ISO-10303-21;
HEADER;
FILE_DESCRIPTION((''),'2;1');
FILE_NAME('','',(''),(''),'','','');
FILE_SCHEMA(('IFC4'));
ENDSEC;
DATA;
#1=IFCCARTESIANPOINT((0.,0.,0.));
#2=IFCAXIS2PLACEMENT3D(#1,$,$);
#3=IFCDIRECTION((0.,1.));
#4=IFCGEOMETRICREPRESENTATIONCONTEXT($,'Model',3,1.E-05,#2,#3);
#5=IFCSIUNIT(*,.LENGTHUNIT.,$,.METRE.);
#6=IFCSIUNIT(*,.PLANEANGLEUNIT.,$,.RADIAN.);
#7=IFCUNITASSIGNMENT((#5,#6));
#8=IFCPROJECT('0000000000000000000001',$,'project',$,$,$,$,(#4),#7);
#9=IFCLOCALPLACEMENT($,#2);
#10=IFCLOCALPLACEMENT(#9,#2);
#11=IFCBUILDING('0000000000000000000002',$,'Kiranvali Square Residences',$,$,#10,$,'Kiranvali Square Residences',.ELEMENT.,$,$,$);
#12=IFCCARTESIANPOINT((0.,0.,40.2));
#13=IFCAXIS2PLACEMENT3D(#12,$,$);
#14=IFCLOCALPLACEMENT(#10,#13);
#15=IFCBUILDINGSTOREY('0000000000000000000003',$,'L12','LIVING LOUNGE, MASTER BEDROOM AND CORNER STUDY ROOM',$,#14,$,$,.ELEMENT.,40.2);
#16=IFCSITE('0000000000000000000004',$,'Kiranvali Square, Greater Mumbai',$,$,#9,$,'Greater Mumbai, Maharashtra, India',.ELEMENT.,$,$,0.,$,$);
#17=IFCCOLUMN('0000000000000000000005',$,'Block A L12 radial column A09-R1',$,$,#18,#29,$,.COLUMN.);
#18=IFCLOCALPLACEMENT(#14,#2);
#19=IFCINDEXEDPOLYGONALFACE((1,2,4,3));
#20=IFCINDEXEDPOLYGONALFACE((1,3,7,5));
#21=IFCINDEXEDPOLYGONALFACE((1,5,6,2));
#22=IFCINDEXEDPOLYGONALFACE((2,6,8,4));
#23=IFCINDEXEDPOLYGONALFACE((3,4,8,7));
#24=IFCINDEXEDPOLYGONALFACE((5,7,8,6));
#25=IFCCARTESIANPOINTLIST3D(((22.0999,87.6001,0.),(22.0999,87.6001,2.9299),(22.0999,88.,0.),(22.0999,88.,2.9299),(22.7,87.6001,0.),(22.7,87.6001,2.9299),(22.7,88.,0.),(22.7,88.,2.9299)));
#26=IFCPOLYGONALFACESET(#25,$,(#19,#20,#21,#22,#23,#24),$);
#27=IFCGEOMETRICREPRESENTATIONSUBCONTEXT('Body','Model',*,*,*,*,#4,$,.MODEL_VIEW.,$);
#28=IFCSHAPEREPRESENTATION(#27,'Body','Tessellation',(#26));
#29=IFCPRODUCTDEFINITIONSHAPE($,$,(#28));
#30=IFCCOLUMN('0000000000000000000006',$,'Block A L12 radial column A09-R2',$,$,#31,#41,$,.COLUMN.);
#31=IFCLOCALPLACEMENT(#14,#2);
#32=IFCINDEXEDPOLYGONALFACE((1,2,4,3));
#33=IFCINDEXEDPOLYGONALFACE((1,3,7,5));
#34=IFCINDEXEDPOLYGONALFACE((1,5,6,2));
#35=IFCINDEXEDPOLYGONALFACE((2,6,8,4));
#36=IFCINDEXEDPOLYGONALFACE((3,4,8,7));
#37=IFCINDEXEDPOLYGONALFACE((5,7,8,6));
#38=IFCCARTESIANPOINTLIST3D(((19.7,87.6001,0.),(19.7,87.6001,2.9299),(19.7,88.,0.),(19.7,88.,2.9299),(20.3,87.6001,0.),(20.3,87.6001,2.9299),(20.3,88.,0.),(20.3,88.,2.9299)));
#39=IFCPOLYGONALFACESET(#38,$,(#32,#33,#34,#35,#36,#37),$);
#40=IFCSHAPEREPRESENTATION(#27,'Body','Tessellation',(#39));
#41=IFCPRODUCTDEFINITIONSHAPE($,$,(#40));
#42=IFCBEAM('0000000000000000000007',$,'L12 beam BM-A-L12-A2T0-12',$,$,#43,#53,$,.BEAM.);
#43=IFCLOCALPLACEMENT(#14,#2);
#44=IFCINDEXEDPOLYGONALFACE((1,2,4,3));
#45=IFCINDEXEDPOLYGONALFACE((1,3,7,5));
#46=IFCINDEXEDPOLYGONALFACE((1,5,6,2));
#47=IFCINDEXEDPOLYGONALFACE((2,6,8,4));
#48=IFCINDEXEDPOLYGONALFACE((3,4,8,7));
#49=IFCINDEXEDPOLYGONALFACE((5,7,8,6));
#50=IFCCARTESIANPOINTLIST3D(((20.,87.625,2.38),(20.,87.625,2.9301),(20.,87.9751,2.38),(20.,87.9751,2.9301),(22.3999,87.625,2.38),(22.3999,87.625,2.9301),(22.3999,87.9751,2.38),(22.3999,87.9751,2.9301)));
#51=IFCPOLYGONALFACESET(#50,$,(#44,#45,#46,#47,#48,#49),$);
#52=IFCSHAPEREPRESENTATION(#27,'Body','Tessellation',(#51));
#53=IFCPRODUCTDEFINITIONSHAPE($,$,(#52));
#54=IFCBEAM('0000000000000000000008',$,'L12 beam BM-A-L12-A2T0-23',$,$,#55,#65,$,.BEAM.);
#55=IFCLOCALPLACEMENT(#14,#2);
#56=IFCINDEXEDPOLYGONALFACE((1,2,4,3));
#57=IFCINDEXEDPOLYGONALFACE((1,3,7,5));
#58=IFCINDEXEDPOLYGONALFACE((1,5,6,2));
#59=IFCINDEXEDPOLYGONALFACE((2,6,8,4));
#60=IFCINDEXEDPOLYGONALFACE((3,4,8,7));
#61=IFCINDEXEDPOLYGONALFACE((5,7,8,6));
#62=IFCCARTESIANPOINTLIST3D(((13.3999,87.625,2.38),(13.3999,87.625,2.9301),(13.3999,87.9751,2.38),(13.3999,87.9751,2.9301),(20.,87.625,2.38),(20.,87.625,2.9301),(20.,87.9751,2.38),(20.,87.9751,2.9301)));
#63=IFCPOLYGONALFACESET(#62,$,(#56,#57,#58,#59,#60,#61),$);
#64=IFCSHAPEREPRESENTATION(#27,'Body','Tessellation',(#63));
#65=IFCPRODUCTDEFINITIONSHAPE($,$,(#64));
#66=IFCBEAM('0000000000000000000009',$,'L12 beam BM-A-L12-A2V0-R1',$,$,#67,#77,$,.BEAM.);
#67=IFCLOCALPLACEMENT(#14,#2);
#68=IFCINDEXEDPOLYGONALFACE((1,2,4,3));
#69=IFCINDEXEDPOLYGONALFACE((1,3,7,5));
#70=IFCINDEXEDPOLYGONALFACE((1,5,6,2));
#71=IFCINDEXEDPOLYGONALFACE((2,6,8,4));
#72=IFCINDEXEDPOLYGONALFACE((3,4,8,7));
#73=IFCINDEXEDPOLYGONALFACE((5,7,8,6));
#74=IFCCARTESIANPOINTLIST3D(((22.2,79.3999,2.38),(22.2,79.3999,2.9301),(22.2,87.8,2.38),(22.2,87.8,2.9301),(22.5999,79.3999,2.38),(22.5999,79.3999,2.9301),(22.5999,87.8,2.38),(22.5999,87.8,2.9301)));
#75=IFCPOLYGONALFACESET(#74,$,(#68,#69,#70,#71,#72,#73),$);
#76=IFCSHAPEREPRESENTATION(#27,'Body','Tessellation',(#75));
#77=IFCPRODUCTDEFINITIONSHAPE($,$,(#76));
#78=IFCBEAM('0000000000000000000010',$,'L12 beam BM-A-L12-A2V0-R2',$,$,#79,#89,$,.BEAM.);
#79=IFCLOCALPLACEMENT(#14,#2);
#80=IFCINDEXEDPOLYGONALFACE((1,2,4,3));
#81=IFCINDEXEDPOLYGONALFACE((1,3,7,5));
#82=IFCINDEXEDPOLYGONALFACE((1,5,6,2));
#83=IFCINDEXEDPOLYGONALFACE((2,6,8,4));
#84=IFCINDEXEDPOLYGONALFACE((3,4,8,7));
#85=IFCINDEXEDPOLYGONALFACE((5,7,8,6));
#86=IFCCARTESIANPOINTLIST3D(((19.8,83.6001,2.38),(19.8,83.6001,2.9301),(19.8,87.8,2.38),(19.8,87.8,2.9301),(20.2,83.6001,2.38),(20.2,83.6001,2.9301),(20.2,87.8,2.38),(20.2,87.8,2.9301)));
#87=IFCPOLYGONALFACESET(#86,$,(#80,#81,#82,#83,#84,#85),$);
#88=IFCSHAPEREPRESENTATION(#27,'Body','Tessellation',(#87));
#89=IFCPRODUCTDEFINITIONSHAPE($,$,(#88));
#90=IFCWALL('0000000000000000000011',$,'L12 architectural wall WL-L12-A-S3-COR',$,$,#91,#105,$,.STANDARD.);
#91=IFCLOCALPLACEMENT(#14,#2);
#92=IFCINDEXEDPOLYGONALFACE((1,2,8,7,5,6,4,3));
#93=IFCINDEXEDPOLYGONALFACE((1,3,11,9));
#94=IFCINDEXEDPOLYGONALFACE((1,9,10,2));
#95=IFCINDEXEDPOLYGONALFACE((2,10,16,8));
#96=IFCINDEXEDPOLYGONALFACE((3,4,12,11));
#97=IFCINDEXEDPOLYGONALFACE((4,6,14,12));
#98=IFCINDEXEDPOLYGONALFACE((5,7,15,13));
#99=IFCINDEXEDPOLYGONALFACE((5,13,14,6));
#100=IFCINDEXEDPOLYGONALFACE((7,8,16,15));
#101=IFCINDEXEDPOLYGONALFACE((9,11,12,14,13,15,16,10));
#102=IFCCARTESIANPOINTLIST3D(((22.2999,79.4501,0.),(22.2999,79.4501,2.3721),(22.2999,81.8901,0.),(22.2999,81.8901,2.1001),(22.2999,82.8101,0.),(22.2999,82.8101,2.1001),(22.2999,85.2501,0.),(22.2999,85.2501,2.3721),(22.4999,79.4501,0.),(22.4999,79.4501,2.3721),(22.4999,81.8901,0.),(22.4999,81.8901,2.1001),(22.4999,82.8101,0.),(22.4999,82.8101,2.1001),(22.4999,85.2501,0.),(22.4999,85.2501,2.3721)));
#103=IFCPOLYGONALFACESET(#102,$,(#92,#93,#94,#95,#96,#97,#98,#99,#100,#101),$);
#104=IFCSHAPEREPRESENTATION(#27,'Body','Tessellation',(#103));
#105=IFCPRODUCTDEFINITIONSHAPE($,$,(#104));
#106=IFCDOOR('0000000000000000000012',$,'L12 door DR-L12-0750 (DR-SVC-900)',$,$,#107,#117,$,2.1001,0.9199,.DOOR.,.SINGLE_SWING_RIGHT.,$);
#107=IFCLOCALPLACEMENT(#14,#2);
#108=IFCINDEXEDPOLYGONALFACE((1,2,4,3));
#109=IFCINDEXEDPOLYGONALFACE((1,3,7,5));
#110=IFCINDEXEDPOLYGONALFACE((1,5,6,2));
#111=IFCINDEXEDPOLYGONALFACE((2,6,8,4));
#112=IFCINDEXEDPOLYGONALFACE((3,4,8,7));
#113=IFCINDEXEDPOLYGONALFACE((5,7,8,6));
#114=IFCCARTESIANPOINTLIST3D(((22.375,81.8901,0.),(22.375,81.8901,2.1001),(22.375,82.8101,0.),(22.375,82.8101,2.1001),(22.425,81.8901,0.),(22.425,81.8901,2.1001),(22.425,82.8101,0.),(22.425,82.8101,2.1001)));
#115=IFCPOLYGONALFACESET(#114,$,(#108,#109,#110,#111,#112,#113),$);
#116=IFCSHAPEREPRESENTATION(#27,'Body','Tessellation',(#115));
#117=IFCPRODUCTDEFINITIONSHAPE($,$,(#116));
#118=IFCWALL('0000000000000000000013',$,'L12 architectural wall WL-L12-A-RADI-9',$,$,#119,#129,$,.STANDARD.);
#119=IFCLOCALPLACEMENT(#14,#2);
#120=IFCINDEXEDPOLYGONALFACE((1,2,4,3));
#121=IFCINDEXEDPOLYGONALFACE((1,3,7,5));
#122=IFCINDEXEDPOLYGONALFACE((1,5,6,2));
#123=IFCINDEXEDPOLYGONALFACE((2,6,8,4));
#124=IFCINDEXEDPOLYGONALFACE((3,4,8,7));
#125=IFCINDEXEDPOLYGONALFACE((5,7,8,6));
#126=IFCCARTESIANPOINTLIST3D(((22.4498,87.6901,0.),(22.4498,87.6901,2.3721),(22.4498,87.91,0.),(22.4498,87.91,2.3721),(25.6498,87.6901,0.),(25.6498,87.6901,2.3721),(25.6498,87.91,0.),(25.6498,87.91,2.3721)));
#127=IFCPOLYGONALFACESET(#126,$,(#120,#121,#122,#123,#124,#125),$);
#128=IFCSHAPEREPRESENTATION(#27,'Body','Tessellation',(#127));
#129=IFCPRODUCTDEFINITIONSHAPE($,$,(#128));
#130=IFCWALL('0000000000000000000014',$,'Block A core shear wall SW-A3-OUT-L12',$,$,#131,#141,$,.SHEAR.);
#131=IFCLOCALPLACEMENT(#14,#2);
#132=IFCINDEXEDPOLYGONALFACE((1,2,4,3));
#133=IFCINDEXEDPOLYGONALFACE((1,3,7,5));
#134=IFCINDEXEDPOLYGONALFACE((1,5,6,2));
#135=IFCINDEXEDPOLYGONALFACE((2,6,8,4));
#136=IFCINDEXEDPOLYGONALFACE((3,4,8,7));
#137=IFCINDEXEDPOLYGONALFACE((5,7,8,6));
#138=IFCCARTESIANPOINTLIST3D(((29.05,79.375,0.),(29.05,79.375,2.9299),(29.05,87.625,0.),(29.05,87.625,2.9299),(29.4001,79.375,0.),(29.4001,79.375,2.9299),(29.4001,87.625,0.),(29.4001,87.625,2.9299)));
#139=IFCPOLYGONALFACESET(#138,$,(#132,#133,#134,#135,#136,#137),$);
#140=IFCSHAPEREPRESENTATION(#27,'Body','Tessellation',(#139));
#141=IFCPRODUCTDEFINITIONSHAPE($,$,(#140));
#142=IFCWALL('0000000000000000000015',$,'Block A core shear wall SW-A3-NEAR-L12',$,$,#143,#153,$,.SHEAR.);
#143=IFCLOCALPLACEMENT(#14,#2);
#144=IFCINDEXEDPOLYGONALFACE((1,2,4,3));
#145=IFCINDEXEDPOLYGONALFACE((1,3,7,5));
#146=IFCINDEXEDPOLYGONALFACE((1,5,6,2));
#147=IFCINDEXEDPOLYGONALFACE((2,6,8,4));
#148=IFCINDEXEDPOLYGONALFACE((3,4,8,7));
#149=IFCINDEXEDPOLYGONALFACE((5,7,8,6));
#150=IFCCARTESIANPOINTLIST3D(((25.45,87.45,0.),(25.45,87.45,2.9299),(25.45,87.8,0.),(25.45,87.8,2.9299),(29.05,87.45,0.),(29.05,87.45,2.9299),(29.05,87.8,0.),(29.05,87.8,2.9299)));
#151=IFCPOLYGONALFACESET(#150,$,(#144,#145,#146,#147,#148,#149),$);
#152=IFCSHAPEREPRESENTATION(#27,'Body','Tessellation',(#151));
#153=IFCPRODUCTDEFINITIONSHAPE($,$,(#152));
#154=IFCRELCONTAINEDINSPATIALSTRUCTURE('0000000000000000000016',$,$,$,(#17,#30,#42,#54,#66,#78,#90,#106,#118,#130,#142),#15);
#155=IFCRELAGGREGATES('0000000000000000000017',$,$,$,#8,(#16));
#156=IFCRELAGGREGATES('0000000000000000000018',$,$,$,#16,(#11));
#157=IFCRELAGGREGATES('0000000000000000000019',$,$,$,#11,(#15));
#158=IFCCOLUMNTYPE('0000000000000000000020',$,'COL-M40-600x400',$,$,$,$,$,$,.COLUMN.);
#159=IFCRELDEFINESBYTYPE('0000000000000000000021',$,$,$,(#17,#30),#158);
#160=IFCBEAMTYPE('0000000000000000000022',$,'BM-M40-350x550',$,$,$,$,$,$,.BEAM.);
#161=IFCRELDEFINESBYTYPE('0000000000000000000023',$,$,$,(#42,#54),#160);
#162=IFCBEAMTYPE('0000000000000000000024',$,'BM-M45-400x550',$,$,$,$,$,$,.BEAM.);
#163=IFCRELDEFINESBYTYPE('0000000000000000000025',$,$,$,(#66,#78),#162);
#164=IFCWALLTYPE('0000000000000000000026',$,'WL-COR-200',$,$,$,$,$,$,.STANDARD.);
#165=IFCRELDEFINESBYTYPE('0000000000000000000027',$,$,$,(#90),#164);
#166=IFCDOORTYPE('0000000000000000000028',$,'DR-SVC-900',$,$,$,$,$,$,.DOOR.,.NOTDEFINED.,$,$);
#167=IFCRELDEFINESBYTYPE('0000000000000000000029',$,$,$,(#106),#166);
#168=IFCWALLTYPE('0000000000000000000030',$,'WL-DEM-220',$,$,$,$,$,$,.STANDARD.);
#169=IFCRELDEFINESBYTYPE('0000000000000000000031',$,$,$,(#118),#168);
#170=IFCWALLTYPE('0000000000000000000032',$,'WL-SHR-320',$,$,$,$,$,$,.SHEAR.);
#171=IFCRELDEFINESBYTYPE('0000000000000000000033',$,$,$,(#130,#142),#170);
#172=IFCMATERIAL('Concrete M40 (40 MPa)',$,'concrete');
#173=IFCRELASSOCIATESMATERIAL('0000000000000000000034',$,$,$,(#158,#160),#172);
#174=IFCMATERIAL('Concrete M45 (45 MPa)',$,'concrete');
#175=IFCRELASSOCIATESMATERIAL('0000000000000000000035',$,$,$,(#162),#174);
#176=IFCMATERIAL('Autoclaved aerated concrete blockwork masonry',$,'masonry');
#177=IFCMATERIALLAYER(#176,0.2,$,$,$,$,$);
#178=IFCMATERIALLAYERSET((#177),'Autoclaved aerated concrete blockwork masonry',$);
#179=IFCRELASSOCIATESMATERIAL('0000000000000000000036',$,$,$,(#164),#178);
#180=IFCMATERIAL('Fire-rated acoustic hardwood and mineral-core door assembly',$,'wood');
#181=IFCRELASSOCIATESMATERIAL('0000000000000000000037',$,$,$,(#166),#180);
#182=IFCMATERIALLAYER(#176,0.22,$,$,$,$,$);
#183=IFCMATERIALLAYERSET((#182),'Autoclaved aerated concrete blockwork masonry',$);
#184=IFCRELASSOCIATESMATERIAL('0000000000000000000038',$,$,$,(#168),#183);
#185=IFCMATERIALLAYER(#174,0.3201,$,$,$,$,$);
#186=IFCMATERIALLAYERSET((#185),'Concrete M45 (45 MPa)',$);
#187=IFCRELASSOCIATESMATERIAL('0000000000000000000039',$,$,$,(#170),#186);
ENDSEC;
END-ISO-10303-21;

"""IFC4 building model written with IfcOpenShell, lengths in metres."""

from ifc_helpers import new_model, si_unit, direction, frame, frame_2d, origin, origin_2d, place, context, subcontext, project, spatial, rectangle, extrude, material, layer, layer_set, material_profile, profile_set, type_object, element, fill, save


model = new_model("IFC4")

# Units and contexts
model_context = context("Model", 3, precision=1e-05, world=origin(), true_north=direction((0.0, 1.0)))
body_context = subcontext(model_context, "Body", "Model", "MODEL_VIEW")
ifc_project = project(units=[si_unit("LENGTHUNIT", "METRE"), si_unit("PLANEANGLEUNIT", "RADIAN")], contexts=[model_context])

# Site, building, storey
site_placement = place(None, origin())
site = spatial("IfcSite", under=ifc_project, at=site_placement, Name="Kiranvali Square, Greater Mumbai", LongName="Greater Mumbai, Maharashtra, India", CompositionType="ELEMENT", RefElevation=0.0)
building_placement = place(site_placement, origin())
building = spatial("IfcBuilding", under=site, at=building_placement, Name="Kiranvali Square Residences", LongName="Kiranvali Square Residences", CompositionType="ELEMENT")
storey_placement = place(building_placement, frame((0.0, 0.0, 40.2)))
storey = spatial("IfcBuildingStorey", under=building, at=storey_placement, Name="L12", Description="LIVING LOUNGE, MASTER BEDROOM AND CORNER STUDY ROOM", CompositionType="ELEMENT", Elevation=40.2)

# Columns
ifc_material_1 = material(Name="Concrete M40 (40 MPa)", Category="concrete")
ifc_material_profile_1 = material_profile(ifc_material_1, rectangle(XDim=0.3999, YDim=0.6001, at=origin_2d()), Name="RC 600x400")
ifc_profile_set_1 = profile_set([ifc_material_profile_1], Name="Concrete M40 (40 MPa)")
column_type = type_object("IfcColumnType", Name="COL-M40-600x400", PredefinedType="COLUMN", material=ifc_profile_set_1)
for number, where, z_axis, x_axis, name in (
    (1, (22.3999, 87.8, 0.0), (0.0, 0.0, 1.0), (0.0, 1.0, 0.0), "Block A L12 radial column A09-R1"),
    (2, (20.0, 87.8, 0.0), (0.0, 0.0, 1.0), (0.0, 1.0, 0.0), "Block A L12 radial column A09-R2"),
):
    element("IfcColumn", number, at=place(storey_placement, frame(where, z_axis=z_axis, x_axis=x_axis)), inside=storey, type_object=column_type, Name=name, PredefinedType="COLUMN", context=body_context, shape_type="SweptSolid", body=[
        extrude(rectangle(XDim=0.3999, YDim=0.6001, at=origin_2d()), origin(), (0.0, 0.0, 1.0), 2.9299),
    ])

# Beams
ifc_material_profile_2 = material_profile(ifc_material_1, rectangle(XDim=0.3501, YDim=0.55, at=origin_2d()), Name="RC 350x550")
ifc_profile_set_2 = profile_set([ifc_material_profile_2], Name="Concrete M40 (40 MPa)")
beam_type_1 = type_object("IfcBeamType", Name="BM-M40-350x550", PredefinedType="BEAM", material=ifc_profile_set_2)
beam_1_placement = place(storey_placement, frame((22.3999, 87.8, 2.655), z_axis=(-1.0, 0.0, 0.0), x_axis=(0.0, -1.0, 0.0)))
element("IfcBeam", 3, at=beam_1_placement, inside=storey, type_object=beam_type_1, Name="L12 beam BM-A-L12-A2T0-12", PredefinedType="BEAM", context=body_context, shape_type="SweptSolid", body=[
    extrude(rectangle(XDim=0.3501, YDim=0.55, at=origin_2d()), origin(), (0.0, 0.0, 1.0), 2.3999),
])
beam_2_placement = place(storey_placement, frame((20.0, 87.8, 2.655), z_axis=(-1.0, 0.0, 0.0), x_axis=(0.0, -1.0, 0.0)))
element("IfcBeam", 4, at=beam_2_placement, inside=storey, type_object=beam_type_1, Name="L12 beam BM-A-L12-A2T0-23", PredefinedType="BEAM", context=body_context, shape_type="SweptSolid", body=[
    extrude(rectangle(XDim=0.3501, YDim=0.55, at=origin_2d()), origin(), (0.0, 0.0, 1.0), 6.6001),
])
ifc_material_2 = material(Name="Concrete M45 (45 MPa)", Category="concrete")
ifc_material_profile_3 = material_profile(ifc_material_2, rectangle(XDim=0.3999, YDim=0.55, at=origin_2d()), Name="RC 400x550")
ifc_profile_set_3 = profile_set([ifc_material_profile_3], Name="Concrete M45 (45 MPa)")
beam_type_2 = type_object("IfcBeamType", Name="BM-M45-400x550", PredefinedType="BEAM", material=ifc_profile_set_3)
beam_3_placement = place(storey_placement, frame((22.3999, 87.8, 2.655), z_axis=(0.0, -1.0, 0.0), x_axis=(1.0, 0.0, 0.0)))
element("IfcBeam", 5, at=beam_3_placement, inside=storey, type_object=beam_type_2, Name="L12 beam BM-A-L12-A2V0-R1", PredefinedType="BEAM", context=body_context, shape_type="SweptSolid", body=[
    extrude(rectangle(XDim=0.3999, YDim=0.55, at=origin_2d()), origin(), (0.0, 0.0, 1.0), 8.4001),
])
beam_4_placement = place(storey_placement, frame((20.0, 87.8, 2.655), z_axis=(0.0, -1.0, 0.0), x_axis=(1.0, 0.0, 0.0)))
element("IfcBeam", 6, at=beam_4_placement, inside=storey, type_object=beam_type_2, Name="L12 beam BM-A-L12-A2V0-R2", PredefinedType="BEAM", context=body_context, shape_type="SweptSolid", body=[
    extrude(rectangle(XDim=0.3999, YDim=0.55, at=origin_2d()), origin(), (0.0, 0.0, 1.0), 4.2),
])

# Wall, opening, door
ifc_material_3 = material(Name="Autoclaved aerated concrete blockwork masonry", Category="masonry")
ifc_layer_1 = layer(ifc_material_3, 0.2)
ifc_layer_set_1 = layer_set([ifc_layer_1], Name="Autoclaved aerated concrete blockwork masonry")
wall_type_1 = type_object("IfcWallType", Name="WL-COR-200", PredefinedType="STANDARD", material=ifc_layer_set_1)
ifc_material_4 = material(Name="Fire-rated acoustic hardwood and mineral-core door assembly", Category="wood")
wall_1_placement = place(storey_placement, frame((22.3999, 85.25, 0.0), z_axis=(0.0, 0.0, 1.0), x_axis=(0.0, -1.0, 0.0)))
wall_1 = element("IfcWall", 7, at=wall_1_placement, inside=storey, type_object=wall_type_1, Name="L12 architectural wall WL-L12-A-S3-COR", PredefinedType="STANDARD", context=body_context, shape_type="SweptSolid", body=[
    extrude(rectangle(XDim=5.8, YDim=0.2, at=frame_2d((2.8999, 0.0))), origin(), (0.0, 0.0, 1.0), 2.3721),
])
opening_1_placement = place(wall_1_placement, frame((2.4399, 0.0, 0.0)))
opening_1 = element("IfcOpeningElement", 8, at=opening_1_placement, cuts=wall_1, PredefinedType="OPENING", context=body_context, shape_type="SweptSolid", body=[
    extrude(rectangle(XDim=0.9199, YDim=2.1001, at=frame_2d((0.46, 1.05))), frame((0.0, 0.1099, 0.0), z_axis=(0.0, -1.0, 0.0), x_axis=(1.0, 0.0, 0.0)), (0.0, 0.0, 1.0), 0.22),
])
door_type_1 = type_object("IfcDoorType", Name="DR-SVC-900", OperationType="NOTDEFINED", PredefinedType="DOOR", material=ifc_material_4)
door_1_placement = place(opening_1_placement, frame((0.9199, 0.0, 0.0), z_axis=(0.0, 0.0, 1.0), x_axis=(-1.0, 0.0, 0.0)))
door_1 = element("IfcDoor", 9, at=door_1_placement, inside=storey, type_object=door_type_1, Name="L12 door DR-L12-0750 (DR-SVC-900)", OperationType="SINGLE_SWING_RIGHT", OverallHeight=2.1001, OverallWidth=0.9199, PredefinedType="DOOR", context=body_context, shape_type="SweptSolid", body=[
    extrude(rectangle(XDim=0.9199, YDim=2.1001, at=frame_2d((0.46, 1.05))), frame((0.0, 0.0249, 0.0), z_axis=(0.0, -1.0, 0.0), x_axis=(1.0, 0.0, 0.0)), (0.0, 0.0, 1.0), 0.05),
])
fill(opening_1, door_1)

# Walls
ifc_layer_2 = layer(ifc_material_3, 0.22)
ifc_layer_set_2 = layer_set([ifc_layer_2], Name="Autoclaved aerated concrete blockwork masonry")
wall_type_2 = type_object("IfcWallType", Name="WL-DEM-220", PredefinedType="STANDARD", material=ifc_layer_set_2)
wall_2_placement = place(storey_placement, frame((25.6499, 87.8, 0.0), z_axis=(0.0, 0.0, 1.0), x_axis=(-1.0, 0.0, 0.0)))
element("IfcWall", 10, at=wall_2_placement, inside=storey, type_object=wall_type_2, Name="L12 architectural wall WL-L12-A-RADI-9", PredefinedType="STANDARD", context=body_context, shape_type="SweptSolid", body=[
    extrude(rectangle(XDim=3.2, YDim=0.22, at=frame_2d((1.6001, 0.0))), origin(), (0.0, 0.0, 1.0), 2.3721),
])
ifc_layer_3 = layer(ifc_material_2, 0.3201)
ifc_layer_set_3 = layer_set([ifc_layer_3], Name="Concrete M45 (45 MPa)")
wall_type_3 = type_object("IfcWallType", Name="WL-SHR-320", PredefinedType="SHEAR", material=ifc_layer_set_3)
wall_3_placement = place(storey_placement, frame((29.2251, 87.625, 0.0), z_axis=(0.0, 0.0, 1.0), x_axis=(0.0, -1.0, 0.0)))
element("IfcWall", 11, at=wall_3_placement, inside=storey, type_object=wall_type_3, Name="Block A core shear wall SW-A3-OUT-L12", PredefinedType="SHEAR", context=body_context, shape_type="SweptSolid", body=[
    extrude(rectangle(XDim=8.25, YDim=0.3501, at=frame_2d((4.125, 0.0))), origin(), (0.0, 0.0, 1.0), 2.9299),
])

# Wall
wall_4_placement = place(storey_placement, frame((29.05, 87.625, 0.0), z_axis=(0.0, 0.0, 1.0), x_axis=(-1.0, 0.0, 0.0)))
element("IfcWall", 12, at=wall_4_placement, inside=storey, type_object=wall_type_3, Name="Block A core shear wall SW-A3-NEAR-L12", PredefinedType="SHEAR", context=body_context, shape_type="SweptSolid", body=[
    extrude(rectangle(XDim=3.6001, YDim=0.3501, at=frame_2d((1.8, 0.0))), origin(), (0.0, 0.0, 1.0), 2.9299),
])

save(model, "model.ifc")
